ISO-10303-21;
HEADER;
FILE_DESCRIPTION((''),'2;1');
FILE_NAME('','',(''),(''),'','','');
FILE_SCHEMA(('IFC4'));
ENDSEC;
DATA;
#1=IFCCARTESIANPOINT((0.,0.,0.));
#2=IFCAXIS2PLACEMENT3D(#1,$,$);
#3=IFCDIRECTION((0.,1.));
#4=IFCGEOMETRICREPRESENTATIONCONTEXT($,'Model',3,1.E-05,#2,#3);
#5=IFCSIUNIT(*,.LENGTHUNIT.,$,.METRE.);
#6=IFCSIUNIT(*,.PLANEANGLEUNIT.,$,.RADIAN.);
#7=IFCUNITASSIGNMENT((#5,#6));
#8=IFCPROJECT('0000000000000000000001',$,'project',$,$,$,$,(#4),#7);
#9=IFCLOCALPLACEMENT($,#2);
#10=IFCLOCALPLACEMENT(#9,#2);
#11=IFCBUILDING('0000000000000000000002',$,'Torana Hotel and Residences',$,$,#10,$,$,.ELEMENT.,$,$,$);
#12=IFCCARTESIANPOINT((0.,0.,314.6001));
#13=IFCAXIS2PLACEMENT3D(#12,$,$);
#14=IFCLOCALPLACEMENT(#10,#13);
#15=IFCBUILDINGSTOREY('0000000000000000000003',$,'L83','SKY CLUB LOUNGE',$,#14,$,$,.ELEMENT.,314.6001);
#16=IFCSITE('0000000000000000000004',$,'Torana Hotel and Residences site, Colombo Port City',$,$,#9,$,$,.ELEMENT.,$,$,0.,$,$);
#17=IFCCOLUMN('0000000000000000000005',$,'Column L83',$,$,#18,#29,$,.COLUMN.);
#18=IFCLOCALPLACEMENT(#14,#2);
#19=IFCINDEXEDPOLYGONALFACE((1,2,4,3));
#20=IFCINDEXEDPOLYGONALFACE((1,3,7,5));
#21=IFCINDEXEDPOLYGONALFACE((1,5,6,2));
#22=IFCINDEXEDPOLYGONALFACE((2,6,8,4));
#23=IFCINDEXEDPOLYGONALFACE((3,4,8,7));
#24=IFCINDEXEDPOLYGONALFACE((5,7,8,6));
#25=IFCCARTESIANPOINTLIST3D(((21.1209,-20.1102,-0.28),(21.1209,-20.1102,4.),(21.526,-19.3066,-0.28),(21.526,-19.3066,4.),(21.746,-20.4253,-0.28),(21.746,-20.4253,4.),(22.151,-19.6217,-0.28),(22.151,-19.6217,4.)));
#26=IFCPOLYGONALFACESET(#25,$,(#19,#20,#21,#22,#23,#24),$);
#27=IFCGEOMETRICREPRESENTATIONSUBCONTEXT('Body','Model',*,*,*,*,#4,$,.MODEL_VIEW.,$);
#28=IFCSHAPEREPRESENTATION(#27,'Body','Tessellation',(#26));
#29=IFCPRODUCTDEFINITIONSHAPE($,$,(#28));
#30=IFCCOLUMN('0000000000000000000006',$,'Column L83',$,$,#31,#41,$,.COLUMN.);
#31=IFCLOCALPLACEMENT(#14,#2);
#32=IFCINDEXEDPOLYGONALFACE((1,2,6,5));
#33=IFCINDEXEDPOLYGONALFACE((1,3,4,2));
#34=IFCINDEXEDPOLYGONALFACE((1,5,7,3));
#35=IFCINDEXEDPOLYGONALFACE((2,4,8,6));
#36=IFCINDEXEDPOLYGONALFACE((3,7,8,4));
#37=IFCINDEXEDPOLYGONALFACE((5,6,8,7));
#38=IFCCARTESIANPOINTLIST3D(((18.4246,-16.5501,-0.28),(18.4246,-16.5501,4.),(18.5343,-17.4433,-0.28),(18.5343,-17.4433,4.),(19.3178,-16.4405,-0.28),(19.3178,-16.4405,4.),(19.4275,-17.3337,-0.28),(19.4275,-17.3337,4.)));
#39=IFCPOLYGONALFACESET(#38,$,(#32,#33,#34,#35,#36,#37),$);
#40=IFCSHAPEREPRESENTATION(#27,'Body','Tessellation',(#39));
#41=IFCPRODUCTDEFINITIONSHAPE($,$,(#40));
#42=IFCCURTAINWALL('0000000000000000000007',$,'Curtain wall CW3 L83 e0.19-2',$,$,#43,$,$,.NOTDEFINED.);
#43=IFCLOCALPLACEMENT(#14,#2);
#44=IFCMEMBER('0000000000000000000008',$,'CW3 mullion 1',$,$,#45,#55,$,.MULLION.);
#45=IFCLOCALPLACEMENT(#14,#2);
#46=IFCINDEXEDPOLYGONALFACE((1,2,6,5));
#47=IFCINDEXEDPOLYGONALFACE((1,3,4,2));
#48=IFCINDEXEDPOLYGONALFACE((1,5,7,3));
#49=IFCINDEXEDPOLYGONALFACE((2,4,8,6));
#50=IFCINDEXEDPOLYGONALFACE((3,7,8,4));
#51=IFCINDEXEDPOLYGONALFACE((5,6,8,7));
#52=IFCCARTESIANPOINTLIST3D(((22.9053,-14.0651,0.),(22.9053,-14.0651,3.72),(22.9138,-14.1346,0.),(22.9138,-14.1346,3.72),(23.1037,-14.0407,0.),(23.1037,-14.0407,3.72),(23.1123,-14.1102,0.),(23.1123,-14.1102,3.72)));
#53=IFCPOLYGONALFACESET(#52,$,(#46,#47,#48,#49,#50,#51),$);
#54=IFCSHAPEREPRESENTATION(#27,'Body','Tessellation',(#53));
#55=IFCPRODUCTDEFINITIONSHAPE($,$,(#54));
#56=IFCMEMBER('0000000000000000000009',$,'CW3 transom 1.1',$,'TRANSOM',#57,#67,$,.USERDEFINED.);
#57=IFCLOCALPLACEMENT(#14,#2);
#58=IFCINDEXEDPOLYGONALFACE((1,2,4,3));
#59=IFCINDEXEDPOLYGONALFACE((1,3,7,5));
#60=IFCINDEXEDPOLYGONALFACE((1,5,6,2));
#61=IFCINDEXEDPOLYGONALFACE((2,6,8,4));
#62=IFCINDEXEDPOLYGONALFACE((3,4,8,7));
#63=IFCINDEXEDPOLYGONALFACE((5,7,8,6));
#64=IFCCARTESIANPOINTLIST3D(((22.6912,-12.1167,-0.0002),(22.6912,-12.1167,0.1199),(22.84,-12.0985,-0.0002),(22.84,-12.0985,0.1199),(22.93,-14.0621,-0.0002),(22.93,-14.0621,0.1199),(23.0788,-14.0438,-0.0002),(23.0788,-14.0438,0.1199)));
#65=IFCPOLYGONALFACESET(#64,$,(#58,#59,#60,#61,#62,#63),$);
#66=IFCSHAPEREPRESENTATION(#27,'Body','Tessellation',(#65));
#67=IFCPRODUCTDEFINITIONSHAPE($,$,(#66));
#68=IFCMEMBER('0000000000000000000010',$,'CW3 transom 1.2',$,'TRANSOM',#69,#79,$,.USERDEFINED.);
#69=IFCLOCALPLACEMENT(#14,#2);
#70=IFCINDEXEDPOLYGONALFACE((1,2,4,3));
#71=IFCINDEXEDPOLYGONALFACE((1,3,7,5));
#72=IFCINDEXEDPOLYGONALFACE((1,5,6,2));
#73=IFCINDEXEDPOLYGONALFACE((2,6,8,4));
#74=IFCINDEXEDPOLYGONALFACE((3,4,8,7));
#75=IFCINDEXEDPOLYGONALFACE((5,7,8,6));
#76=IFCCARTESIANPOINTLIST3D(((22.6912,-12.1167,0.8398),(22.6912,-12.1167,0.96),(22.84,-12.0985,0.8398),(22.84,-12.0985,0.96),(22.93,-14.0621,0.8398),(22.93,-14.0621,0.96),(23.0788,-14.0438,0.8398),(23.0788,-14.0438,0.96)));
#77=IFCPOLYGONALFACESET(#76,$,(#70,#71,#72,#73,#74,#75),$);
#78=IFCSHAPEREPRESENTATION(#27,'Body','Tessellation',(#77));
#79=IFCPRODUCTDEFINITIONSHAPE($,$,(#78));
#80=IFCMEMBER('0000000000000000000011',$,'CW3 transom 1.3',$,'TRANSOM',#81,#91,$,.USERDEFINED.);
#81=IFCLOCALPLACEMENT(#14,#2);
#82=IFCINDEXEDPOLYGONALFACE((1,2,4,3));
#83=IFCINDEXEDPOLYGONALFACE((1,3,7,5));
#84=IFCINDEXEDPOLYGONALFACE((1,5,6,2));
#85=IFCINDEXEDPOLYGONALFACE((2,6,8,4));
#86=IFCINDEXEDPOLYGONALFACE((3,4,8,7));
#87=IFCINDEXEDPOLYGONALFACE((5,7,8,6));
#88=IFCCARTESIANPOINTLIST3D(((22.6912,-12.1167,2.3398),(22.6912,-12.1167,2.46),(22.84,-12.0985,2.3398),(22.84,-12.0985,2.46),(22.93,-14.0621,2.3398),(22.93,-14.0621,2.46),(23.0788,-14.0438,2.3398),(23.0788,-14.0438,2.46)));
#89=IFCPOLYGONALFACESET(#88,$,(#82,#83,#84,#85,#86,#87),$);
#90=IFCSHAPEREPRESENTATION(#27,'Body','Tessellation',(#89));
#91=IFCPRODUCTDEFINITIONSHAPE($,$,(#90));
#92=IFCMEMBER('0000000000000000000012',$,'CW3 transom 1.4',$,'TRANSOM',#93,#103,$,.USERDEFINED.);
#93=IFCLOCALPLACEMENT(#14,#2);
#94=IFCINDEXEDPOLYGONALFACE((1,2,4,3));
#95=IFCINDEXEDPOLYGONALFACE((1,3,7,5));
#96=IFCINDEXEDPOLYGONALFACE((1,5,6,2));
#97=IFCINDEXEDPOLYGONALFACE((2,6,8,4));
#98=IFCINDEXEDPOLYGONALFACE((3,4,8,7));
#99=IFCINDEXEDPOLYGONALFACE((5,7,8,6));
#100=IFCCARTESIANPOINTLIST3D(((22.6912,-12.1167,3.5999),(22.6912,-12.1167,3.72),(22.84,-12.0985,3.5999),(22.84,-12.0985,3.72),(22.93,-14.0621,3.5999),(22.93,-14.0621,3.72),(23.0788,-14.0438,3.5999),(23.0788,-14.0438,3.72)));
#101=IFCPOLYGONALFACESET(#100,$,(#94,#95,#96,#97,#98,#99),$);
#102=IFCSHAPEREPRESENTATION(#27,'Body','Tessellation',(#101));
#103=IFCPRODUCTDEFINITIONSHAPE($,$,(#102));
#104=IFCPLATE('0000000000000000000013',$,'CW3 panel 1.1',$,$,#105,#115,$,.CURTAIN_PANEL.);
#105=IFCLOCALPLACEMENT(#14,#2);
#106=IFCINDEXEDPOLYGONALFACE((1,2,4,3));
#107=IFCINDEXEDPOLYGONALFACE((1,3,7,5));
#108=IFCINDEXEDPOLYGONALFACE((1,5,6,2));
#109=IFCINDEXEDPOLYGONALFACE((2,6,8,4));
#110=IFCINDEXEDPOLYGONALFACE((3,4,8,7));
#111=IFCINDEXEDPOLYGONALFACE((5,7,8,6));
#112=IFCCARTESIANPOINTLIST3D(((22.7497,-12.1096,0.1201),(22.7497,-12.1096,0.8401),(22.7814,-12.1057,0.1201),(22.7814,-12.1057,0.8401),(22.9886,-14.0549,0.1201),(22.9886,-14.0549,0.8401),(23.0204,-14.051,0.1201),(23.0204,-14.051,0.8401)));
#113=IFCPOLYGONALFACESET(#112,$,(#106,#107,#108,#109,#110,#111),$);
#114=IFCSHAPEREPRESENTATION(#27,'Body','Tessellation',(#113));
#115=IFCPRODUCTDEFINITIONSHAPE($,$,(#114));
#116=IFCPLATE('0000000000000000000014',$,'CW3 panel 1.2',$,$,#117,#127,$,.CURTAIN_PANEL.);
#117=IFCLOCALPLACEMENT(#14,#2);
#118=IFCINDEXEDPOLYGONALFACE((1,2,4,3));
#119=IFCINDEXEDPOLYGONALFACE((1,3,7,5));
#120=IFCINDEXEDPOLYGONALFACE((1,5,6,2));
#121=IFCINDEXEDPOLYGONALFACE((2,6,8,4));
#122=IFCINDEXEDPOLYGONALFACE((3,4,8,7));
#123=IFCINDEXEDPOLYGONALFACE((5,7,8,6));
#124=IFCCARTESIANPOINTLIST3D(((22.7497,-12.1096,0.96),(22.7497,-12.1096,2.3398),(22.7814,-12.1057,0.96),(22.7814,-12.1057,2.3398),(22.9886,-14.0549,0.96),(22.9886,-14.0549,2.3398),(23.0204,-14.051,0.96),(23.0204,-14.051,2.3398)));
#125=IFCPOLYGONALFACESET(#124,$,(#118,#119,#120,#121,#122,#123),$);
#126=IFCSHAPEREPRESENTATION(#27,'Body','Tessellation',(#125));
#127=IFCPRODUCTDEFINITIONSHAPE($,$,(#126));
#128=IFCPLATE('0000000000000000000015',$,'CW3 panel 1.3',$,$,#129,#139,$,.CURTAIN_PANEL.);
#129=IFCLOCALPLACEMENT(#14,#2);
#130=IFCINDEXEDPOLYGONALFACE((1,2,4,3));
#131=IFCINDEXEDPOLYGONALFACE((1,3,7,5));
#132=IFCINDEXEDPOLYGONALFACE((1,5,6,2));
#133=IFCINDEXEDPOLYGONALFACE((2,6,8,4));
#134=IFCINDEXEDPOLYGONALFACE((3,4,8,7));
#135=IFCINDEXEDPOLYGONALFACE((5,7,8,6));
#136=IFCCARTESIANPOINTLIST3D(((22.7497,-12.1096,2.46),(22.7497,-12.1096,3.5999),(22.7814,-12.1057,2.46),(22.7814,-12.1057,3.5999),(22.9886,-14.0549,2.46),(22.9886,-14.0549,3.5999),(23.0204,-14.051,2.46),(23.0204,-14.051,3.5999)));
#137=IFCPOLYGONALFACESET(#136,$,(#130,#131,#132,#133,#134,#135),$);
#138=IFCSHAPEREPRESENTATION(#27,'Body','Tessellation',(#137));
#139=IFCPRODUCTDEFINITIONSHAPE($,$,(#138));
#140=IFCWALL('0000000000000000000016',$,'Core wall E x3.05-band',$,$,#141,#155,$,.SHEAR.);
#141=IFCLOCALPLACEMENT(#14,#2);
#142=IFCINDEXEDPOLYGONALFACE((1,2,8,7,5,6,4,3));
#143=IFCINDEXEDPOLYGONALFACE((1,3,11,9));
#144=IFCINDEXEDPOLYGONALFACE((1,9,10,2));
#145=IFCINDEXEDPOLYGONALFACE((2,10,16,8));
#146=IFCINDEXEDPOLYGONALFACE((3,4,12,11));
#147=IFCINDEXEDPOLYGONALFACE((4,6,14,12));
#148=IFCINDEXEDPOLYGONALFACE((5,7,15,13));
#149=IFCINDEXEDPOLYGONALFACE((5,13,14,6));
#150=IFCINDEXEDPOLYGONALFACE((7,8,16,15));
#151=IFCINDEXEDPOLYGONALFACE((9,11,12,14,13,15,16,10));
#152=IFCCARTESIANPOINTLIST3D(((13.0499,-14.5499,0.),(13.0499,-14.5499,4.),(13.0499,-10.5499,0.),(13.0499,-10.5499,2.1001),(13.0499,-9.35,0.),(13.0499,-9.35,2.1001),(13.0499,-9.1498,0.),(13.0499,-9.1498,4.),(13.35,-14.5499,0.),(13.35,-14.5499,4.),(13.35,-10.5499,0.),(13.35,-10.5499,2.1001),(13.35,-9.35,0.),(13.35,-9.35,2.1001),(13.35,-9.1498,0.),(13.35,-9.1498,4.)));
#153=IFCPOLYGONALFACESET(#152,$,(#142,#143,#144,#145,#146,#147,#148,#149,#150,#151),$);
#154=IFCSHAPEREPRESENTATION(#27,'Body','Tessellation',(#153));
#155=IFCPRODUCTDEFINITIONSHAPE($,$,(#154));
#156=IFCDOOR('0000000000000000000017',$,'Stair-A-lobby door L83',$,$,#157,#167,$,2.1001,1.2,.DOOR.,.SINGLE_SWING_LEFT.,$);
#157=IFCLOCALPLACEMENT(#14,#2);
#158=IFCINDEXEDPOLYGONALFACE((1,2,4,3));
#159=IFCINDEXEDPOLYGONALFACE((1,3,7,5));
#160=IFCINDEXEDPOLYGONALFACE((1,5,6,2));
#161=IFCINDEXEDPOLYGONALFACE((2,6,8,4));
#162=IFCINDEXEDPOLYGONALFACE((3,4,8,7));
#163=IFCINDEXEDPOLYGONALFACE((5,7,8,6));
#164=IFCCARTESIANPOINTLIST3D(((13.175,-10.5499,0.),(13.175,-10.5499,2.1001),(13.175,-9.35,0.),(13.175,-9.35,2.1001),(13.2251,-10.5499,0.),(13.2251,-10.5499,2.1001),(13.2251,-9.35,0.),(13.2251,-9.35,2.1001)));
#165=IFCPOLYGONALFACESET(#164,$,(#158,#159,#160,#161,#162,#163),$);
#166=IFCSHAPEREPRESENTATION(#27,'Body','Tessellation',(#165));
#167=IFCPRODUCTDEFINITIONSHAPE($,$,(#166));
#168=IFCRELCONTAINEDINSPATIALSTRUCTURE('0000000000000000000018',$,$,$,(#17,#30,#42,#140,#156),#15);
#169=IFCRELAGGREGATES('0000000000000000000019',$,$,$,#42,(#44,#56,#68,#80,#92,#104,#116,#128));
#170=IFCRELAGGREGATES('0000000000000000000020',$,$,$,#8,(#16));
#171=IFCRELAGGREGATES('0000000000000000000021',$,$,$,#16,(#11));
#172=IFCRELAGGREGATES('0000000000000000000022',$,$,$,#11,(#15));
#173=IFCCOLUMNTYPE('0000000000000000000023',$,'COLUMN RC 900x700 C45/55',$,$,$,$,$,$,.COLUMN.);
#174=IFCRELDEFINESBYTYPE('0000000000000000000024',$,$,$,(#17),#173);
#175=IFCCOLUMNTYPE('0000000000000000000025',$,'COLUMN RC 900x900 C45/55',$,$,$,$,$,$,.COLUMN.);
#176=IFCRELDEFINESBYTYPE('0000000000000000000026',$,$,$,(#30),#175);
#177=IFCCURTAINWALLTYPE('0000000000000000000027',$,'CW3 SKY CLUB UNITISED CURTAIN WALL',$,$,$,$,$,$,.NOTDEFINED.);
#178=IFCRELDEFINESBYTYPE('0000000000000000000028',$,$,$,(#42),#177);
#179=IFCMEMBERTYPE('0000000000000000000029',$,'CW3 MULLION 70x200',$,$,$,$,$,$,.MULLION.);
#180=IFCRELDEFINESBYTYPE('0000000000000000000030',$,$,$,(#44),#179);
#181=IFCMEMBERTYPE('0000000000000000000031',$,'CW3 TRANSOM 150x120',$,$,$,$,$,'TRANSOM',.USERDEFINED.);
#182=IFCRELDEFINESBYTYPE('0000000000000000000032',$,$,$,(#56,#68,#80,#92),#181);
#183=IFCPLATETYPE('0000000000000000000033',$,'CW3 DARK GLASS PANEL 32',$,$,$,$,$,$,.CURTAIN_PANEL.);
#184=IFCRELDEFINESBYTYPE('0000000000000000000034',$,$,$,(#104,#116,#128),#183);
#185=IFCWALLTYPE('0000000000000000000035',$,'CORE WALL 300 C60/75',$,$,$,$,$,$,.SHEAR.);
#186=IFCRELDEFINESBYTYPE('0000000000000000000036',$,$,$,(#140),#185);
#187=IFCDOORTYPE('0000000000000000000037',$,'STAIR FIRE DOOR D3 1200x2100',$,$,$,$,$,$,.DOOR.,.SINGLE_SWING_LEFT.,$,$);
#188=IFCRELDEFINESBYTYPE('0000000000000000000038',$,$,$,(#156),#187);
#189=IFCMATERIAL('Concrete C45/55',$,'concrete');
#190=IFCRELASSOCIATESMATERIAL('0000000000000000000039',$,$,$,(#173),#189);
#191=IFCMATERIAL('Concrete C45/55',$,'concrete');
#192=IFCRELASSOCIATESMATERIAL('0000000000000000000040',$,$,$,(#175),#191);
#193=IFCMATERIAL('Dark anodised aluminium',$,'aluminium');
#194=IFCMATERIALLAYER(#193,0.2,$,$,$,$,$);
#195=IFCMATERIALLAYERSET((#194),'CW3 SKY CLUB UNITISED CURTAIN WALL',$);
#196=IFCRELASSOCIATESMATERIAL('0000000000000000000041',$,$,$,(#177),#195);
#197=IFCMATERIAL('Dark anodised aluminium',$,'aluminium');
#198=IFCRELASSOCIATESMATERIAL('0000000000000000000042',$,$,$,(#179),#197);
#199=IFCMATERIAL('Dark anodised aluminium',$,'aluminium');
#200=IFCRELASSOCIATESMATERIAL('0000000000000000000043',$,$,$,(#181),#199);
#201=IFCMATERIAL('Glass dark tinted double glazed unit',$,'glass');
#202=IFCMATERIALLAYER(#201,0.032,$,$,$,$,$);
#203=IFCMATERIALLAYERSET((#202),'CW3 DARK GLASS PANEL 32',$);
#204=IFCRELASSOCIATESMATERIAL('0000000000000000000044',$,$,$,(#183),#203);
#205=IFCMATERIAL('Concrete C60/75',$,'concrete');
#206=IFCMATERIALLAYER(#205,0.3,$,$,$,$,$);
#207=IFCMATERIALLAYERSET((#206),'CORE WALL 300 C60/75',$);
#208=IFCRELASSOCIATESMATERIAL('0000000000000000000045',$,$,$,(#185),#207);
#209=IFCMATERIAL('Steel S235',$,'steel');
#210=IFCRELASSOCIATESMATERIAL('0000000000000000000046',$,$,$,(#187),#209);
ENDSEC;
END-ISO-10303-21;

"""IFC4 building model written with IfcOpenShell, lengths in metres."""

from ifc_helpers import new_model, si_unit, direction, frame, frame_2d, origin, origin_2d, place, context, subcontext, project, spatial, rectangle, extrude, material, layer, layer_set, material_profile, profile_set, type_object, element, fill, aggregate, save


model = new_model("IFC4")

# Units and contexts
model_context = context("Model", 3, precision=1e-05, world=origin(), true_north=direction((0.0, 1.0)))
body_context = subcontext(model_context, "Body", "Model", "MODEL_VIEW")
ifc_project = project(units=[si_unit("LENGTHUNIT", "METRE"), si_unit("PLANEANGLEUNIT", "RADIAN")], contexts=[model_context])

# Site, building, storey
site_placement = place(None, origin())
site = spatial("IfcSite", under=ifc_project, at=site_placement, Name="Torana Hotel and Residences site, Colombo Port City", CompositionType="ELEMENT", RefElevation=0.0)
building_placement = place(site_placement, origin())
building = spatial("IfcBuilding", under=site, at=building_placement, Name="Torana Hotel and Residences", CompositionType="ELEMENT")
storey_placement = place(building_placement, frame((0.0, 0.0, 314.6001)))
storey = spatial("IfcBuildingStorey", under=building, at=storey_placement, Name="L83", Description="SKY CLUB LOUNGE", CompositionType="ELEMENT", Elevation=314.6001)

# Columns
ifc_material_1 = material(Name="Concrete C45/55", Category="concrete")
ifc_material_profile_1 = material_profile(ifc_material_1, rectangle(XDim=0.8999, YDim=0.7, at=origin_2d()), Name="RC 900x700")
ifc_profile_set_1 = profile_set([ifc_material_profile_1], Name="Concrete C45/55")
column_type_1 = type_object("IfcColumnType", Name="COLUMN RC 900x700 C45/55", PredefinedType="COLUMN", material=ifc_profile_set_1)
column_1_placement = place(storey_placement, frame((21.636, -19.866, -0.28), z_axis=(0.0, 0.0, 1.0), x_axis=(0.450098, 0.892979, 0.0)))
element("IfcColumn", 1, at=column_1_placement, inside=storey, type_object=column_type_1, Name="Column L83", PredefinedType="COLUMN", context=body_context, shape_type="SweptSolid", body=[
    extrude(rectangle(XDim=0.8999, YDim=0.7, at=origin_2d()), origin(), (0.0, 0.0, 1.0), 4.28),
])
ifc_material_2 = material(Name="Concrete C45/55", Category="concrete")
ifc_material_profile_2 = material_profile(ifc_material_2, rectangle(XDim=0.8999, YDim=0.8999, at=origin_2d()), Name="RC 900x900")
ifc_profile_set_2 = profile_set([ifc_material_profile_2], Name="Concrete C45/55")
column_type_2 = type_object("IfcColumnType", Name="COLUMN RC 900x900 C45/55", PredefinedType="COLUMN", material=ifc_profile_set_2)
column_2_placement = place(storey_placement, frame((18.926, -16.9419, -0.28), z_axis=(0.0, 0.0, 1.0), x_axis=(0.992546, 0.121869, 0.0)))
element("IfcColumn", 2, at=column_2_placement, inside=storey, type_object=column_type_2, Name="Column L83", PredefinedType="COLUMN", context=body_context, shape_type="SweptSolid", body=[
    extrude(rectangle(XDim=0.8999, YDim=0.8999, at=origin_2d()), origin(), (0.0, 0.0, 1.0), 4.28),
])

# Curtain wall, members, plates
ifc_material_3 = material(Name="Dark anodised aluminium", Category="aluminium")
ifc_layer_1 = layer(ifc_material_3, 0.2)
ifc_layer_set_1 = layer_set([ifc_layer_1], Name="CW3 SKY CLUB UNITISED CURTAIN WALL")
curtain_wall_type = type_object("IfcCurtainWallType", Name="CW3 SKY CLUB UNITISED CURTAIN WALL", PredefinedType="NOTDEFINED", material=ifc_layer_set_1)
curtain_wall_placement = place(storey_placement, origin())
curtain_wall = element("IfcCurtainWall", 3, at=curtain_wall_placement, inside=storey, type_object=curtain_wall_type, Name="Curtain wall CW3 L83 e0.19-2", PredefinedType="NOTDEFINED")
ifc_material_4 = material(Name="Dark anodised aluminium", Category="aluminium")
ifc_material_profile_3 = material_profile(ifc_material_4, rectangle(XDim=0.2, YDim=0.0701, at=origin_2d()), Name="CW3 MULLION 70x200")
ifc_profile_set_3 = profile_set([ifc_material_profile_3], Name="Dark anodised aluminium")
member_type_1 = type_object("IfcMemberType", Name="CW3 MULLION 70x200", PredefinedType="MULLION", material=ifc_profile_set_3)
member_1_placement = place(storey_placement, frame((23.0088, -14.0876, 0.0), z_axis=(0.0, 0.0, 1.0), x_axis=(-0.992541, -0.121913, 0.0)))
member_1 = element("IfcMember", 4, at=member_1_placement, type_object=member_type_1, Name="CW3 mullion 1", PredefinedType="MULLION", context=body_context, shape_type="SweptSolid", body=[
    extrude(rectangle(XDim=0.2, YDim=0.0701, at=origin_2d()), origin(), (0.0, 0.0, 1.0), 3.72),
])
ifc_material_5 = material(Name="Dark anodised aluminium", Category="aluminium")
ifc_material_profile_4 = material_profile(ifc_material_5, rectangle(XDim=0.1499, YDim=0.1201, at=origin_2d()), Name="CW3 TRANSOM 150x120")
ifc_profile_set_4 = profile_set([ifc_material_profile_4], Name="Dark anodised aluminium")
member_type_2 = type_object("IfcMemberType", Name="CW3 TRANSOM 150x120", ElementType="TRANSOM", PredefinedType="USERDEFINED", material=ifc_profile_set_4)
member_2_placement = place(storey_placement, frame((23.0044, -14.053, 0.0598), z_axis=(-0.121827, 0.992551, 0.0), x_axis=(-0.992551, -0.121827, 0.0)))
member_2 = element("IfcMember", 5, at=member_2_placement, type_object=member_type_2, Name="CW3 transom 1.1", ObjectType="TRANSOM", PredefinedType="USERDEFINED", context=body_context, shape_type="SweptSolid", body=[
    extrude(rectangle(XDim=0.1499, YDim=0.1201, at=origin_2d()), origin(), (0.0, 0.0, 1.0), 1.96),
])
member_3_placement = place(storey_placement, frame((23.0044, -14.053, 0.8999), z_axis=(-0.121827, 0.992551, 0.0), x_axis=(-0.992551, -0.121827, 0.0)))
member_3 = element("IfcMember", 6, at=member_3_placement, type_object=member_type_2, Name="CW3 transom 1.2", ObjectType="TRANSOM", PredefinedType="USERDEFINED", context=body_context, shape_type="SweptSolid", body=[
    extrude(rectangle(XDim=0.1499, YDim=0.1201, at=origin_2d()), origin(), (0.0, 0.0, 1.0), 1.96),
])
member_4_placement = place(storey_placement, frame((23.0044, -14.053, 2.3999), z_axis=(-0.121827, 0.992551, 0.0), x_axis=(-0.992551, -0.121827, 0.0)))
member_4 = element("IfcMember", 7, at=member_4_placement, type_object=member_type_2, Name="CW3 transom 1.3", ObjectType="TRANSOM", PredefinedType="USERDEFINED", context=body_context, shape_type="SweptSolid", body=[
    extrude(rectangle(XDim=0.1499, YDim=0.1201, at=origin_2d()), origin(), (0.0, 0.0, 1.0), 1.96),
])
member_5_placement = place(storey_placement, frame((23.0044, -14.053, 3.6599), z_axis=(-0.121827, 0.992551, 0.0), x_axis=(-0.992551, -0.121827, 0.0)))
member_5 = element("IfcMember", 8, at=member_5_placement, type_object=member_type_2, Name="CW3 transom 1.4", ObjectType="TRANSOM", PredefinedType="USERDEFINED", context=body_context, shape_type="SweptSolid", body=[
    extrude(rectangle(XDim=0.1499, YDim=0.1201, at=origin_2d()), origin(), (0.0, 0.0, 1.0), 1.96),
])
ifc_material_6 = material(Name="Glass dark tinted double glazed unit", Category="glass")
ifc_layer_2 = layer(ifc_material_6, 0.032)
ifc_layer_set_2 = layer_set([ifc_layer_2], Name="CW3 DARK GLASS PANEL 32")
plate_type = type_object("IfcPlateType", Name="CW3 DARK GLASS PANEL 32", PredefinedType="CURTAIN_PANEL", material=ifc_layer_set_2)
plate_1_placement = place(storey_placement, frame((22.885, -13.0803, 0.1201), z_axis=(0.0, 0.0, 1.0), x_axis=(-0.121913, 0.992541, 0.0)))
plate_1 = element("IfcPlate", 9, at=plate_1_placement, type_object=plate_type, Name="CW3 panel 1.1", PredefinedType="CURTAIN_PANEL", context=body_context, shape_type="SweptSolid", body=[
    extrude(rectangle(XDim=1.96, YDim=0.032, at=origin_2d()), origin(), (0.0, 0.0, 1.0), 0.72),
])
plate_2_placement = place(storey_placement, frame((22.885, -13.0803, 0.96), z_axis=(0.0, 0.0, 1.0), x_axis=(-0.121913, 0.992541, 0.0)))
plate_2 = element("IfcPlate", 10, at=plate_2_placement, type_object=plate_type, Name="CW3 panel 1.2", PredefinedType="CURTAIN_PANEL", context=body_context, shape_type="SweptSolid", body=[
    extrude(rectangle(XDim=1.96, YDim=0.032, at=origin_2d()), origin(), (0.0, 0.0, 1.0), 1.3799),
])
plate_3_placement = place(storey_placement, frame((22.885, -13.0803, 2.46), z_axis=(0.0, 0.0, 1.0), x_axis=(-0.121913, 0.992541, 0.0)))
plate_3 = element("IfcPlate", 11, at=plate_3_placement, type_object=plate_type, Name="CW3 panel 1.3", PredefinedType="CURTAIN_PANEL", context=body_context, shape_type="SweptSolid", body=[
    extrude(rectangle(XDim=1.96, YDim=0.032, at=origin_2d()), origin(), (0.0, 0.0, 1.0), 1.1399),
])
aggregate(curtain_wall, [member_1, member_2, member_3, member_4, member_5, plate_1, plate_2, plate_3])

# Wall, opening, door
ifc_material_7 = material(Name="Concrete C60/75", Category="concrete")
ifc_layer_3 = layer(ifc_material_7, 0.3)
ifc_layer_set_3 = layer_set([ifc_layer_3], Name="CORE WALL 300 C60/75")
wall_type_1 = type_object("IfcWallType", Name="CORE WALL 300 C60/75", PredefinedType="SHEAR", material=ifc_layer_set_3)
wall_1_placement = place(storey_placement, frame((13.2, -14.55, 0.0), z_axis=(0.0, 0.0, 1.0), x_axis=(0.0, 1.0, 0.0)))
wall_1 = element("IfcWall", 12, at=wall_1_placement, inside=storey, type_object=wall_type_1, Name="Core wall E x3.05-band", PredefinedType="SHEAR", context=body_context, shape_type="SweptSolid", body=[
    extrude(rectangle(XDim=5.4001, YDim=0.3, at=frame_2d((2.7002, 0.0))), origin(), (0.0, 0.0, 1.0), 4.0),
])
opening_1_placement = place(wall_1_placement, frame((4.0, 0.0, 0.0)))
opening_1 = element("IfcOpeningElement", 13, at=opening_1_placement, cuts=wall_1, PredefinedType="OPENING", context=body_context, shape_type="SweptSolid", body=[
    extrude(rectangle(XDim=1.2, YDim=2.1001, at=frame_2d((0.6001, 1.05))), frame((0.0, 0.1599, 0.0), z_axis=(0.0, -1.0, 0.0), x_axis=(1.0, 0.0, 0.0)), (0.0, 0.0, 1.0), 0.3201),
])
ifc_material_8 = material(Name="Steel S235", Category="steel")
door_type_1 = type_object("IfcDoorType", Name="STAIR FIRE DOOR D3 1200x2100", OperationType="SINGLE_SWING_LEFT", PredefinedType="DOOR", material=ifc_material_8)
door_1_placement = place(opening_1_placement, origin())
door_1 = element("IfcDoor", 14, at=door_1_placement, inside=storey, type_object=door_type_1, Name="Stair-A-lobby door L83", OperationType="SINGLE_SWING_LEFT", OverallHeight=2.1001, OverallWidth=1.2, PredefinedType="DOOR", context=body_context, shape_type="SweptSolid", body=[
    extrude(rectangle(XDim=1.2, YDim=2.1001, at=frame_2d((0.6001, 1.05))), frame((0.0, 0.0249, 0.0), z_axis=(0.0, -1.0, 0.0), x_axis=(1.0, 0.0, 0.0)), (0.0, 0.0, 1.0), 0.05),
])
fill(opening_1, door_1)

save(model, "model.ifc")
